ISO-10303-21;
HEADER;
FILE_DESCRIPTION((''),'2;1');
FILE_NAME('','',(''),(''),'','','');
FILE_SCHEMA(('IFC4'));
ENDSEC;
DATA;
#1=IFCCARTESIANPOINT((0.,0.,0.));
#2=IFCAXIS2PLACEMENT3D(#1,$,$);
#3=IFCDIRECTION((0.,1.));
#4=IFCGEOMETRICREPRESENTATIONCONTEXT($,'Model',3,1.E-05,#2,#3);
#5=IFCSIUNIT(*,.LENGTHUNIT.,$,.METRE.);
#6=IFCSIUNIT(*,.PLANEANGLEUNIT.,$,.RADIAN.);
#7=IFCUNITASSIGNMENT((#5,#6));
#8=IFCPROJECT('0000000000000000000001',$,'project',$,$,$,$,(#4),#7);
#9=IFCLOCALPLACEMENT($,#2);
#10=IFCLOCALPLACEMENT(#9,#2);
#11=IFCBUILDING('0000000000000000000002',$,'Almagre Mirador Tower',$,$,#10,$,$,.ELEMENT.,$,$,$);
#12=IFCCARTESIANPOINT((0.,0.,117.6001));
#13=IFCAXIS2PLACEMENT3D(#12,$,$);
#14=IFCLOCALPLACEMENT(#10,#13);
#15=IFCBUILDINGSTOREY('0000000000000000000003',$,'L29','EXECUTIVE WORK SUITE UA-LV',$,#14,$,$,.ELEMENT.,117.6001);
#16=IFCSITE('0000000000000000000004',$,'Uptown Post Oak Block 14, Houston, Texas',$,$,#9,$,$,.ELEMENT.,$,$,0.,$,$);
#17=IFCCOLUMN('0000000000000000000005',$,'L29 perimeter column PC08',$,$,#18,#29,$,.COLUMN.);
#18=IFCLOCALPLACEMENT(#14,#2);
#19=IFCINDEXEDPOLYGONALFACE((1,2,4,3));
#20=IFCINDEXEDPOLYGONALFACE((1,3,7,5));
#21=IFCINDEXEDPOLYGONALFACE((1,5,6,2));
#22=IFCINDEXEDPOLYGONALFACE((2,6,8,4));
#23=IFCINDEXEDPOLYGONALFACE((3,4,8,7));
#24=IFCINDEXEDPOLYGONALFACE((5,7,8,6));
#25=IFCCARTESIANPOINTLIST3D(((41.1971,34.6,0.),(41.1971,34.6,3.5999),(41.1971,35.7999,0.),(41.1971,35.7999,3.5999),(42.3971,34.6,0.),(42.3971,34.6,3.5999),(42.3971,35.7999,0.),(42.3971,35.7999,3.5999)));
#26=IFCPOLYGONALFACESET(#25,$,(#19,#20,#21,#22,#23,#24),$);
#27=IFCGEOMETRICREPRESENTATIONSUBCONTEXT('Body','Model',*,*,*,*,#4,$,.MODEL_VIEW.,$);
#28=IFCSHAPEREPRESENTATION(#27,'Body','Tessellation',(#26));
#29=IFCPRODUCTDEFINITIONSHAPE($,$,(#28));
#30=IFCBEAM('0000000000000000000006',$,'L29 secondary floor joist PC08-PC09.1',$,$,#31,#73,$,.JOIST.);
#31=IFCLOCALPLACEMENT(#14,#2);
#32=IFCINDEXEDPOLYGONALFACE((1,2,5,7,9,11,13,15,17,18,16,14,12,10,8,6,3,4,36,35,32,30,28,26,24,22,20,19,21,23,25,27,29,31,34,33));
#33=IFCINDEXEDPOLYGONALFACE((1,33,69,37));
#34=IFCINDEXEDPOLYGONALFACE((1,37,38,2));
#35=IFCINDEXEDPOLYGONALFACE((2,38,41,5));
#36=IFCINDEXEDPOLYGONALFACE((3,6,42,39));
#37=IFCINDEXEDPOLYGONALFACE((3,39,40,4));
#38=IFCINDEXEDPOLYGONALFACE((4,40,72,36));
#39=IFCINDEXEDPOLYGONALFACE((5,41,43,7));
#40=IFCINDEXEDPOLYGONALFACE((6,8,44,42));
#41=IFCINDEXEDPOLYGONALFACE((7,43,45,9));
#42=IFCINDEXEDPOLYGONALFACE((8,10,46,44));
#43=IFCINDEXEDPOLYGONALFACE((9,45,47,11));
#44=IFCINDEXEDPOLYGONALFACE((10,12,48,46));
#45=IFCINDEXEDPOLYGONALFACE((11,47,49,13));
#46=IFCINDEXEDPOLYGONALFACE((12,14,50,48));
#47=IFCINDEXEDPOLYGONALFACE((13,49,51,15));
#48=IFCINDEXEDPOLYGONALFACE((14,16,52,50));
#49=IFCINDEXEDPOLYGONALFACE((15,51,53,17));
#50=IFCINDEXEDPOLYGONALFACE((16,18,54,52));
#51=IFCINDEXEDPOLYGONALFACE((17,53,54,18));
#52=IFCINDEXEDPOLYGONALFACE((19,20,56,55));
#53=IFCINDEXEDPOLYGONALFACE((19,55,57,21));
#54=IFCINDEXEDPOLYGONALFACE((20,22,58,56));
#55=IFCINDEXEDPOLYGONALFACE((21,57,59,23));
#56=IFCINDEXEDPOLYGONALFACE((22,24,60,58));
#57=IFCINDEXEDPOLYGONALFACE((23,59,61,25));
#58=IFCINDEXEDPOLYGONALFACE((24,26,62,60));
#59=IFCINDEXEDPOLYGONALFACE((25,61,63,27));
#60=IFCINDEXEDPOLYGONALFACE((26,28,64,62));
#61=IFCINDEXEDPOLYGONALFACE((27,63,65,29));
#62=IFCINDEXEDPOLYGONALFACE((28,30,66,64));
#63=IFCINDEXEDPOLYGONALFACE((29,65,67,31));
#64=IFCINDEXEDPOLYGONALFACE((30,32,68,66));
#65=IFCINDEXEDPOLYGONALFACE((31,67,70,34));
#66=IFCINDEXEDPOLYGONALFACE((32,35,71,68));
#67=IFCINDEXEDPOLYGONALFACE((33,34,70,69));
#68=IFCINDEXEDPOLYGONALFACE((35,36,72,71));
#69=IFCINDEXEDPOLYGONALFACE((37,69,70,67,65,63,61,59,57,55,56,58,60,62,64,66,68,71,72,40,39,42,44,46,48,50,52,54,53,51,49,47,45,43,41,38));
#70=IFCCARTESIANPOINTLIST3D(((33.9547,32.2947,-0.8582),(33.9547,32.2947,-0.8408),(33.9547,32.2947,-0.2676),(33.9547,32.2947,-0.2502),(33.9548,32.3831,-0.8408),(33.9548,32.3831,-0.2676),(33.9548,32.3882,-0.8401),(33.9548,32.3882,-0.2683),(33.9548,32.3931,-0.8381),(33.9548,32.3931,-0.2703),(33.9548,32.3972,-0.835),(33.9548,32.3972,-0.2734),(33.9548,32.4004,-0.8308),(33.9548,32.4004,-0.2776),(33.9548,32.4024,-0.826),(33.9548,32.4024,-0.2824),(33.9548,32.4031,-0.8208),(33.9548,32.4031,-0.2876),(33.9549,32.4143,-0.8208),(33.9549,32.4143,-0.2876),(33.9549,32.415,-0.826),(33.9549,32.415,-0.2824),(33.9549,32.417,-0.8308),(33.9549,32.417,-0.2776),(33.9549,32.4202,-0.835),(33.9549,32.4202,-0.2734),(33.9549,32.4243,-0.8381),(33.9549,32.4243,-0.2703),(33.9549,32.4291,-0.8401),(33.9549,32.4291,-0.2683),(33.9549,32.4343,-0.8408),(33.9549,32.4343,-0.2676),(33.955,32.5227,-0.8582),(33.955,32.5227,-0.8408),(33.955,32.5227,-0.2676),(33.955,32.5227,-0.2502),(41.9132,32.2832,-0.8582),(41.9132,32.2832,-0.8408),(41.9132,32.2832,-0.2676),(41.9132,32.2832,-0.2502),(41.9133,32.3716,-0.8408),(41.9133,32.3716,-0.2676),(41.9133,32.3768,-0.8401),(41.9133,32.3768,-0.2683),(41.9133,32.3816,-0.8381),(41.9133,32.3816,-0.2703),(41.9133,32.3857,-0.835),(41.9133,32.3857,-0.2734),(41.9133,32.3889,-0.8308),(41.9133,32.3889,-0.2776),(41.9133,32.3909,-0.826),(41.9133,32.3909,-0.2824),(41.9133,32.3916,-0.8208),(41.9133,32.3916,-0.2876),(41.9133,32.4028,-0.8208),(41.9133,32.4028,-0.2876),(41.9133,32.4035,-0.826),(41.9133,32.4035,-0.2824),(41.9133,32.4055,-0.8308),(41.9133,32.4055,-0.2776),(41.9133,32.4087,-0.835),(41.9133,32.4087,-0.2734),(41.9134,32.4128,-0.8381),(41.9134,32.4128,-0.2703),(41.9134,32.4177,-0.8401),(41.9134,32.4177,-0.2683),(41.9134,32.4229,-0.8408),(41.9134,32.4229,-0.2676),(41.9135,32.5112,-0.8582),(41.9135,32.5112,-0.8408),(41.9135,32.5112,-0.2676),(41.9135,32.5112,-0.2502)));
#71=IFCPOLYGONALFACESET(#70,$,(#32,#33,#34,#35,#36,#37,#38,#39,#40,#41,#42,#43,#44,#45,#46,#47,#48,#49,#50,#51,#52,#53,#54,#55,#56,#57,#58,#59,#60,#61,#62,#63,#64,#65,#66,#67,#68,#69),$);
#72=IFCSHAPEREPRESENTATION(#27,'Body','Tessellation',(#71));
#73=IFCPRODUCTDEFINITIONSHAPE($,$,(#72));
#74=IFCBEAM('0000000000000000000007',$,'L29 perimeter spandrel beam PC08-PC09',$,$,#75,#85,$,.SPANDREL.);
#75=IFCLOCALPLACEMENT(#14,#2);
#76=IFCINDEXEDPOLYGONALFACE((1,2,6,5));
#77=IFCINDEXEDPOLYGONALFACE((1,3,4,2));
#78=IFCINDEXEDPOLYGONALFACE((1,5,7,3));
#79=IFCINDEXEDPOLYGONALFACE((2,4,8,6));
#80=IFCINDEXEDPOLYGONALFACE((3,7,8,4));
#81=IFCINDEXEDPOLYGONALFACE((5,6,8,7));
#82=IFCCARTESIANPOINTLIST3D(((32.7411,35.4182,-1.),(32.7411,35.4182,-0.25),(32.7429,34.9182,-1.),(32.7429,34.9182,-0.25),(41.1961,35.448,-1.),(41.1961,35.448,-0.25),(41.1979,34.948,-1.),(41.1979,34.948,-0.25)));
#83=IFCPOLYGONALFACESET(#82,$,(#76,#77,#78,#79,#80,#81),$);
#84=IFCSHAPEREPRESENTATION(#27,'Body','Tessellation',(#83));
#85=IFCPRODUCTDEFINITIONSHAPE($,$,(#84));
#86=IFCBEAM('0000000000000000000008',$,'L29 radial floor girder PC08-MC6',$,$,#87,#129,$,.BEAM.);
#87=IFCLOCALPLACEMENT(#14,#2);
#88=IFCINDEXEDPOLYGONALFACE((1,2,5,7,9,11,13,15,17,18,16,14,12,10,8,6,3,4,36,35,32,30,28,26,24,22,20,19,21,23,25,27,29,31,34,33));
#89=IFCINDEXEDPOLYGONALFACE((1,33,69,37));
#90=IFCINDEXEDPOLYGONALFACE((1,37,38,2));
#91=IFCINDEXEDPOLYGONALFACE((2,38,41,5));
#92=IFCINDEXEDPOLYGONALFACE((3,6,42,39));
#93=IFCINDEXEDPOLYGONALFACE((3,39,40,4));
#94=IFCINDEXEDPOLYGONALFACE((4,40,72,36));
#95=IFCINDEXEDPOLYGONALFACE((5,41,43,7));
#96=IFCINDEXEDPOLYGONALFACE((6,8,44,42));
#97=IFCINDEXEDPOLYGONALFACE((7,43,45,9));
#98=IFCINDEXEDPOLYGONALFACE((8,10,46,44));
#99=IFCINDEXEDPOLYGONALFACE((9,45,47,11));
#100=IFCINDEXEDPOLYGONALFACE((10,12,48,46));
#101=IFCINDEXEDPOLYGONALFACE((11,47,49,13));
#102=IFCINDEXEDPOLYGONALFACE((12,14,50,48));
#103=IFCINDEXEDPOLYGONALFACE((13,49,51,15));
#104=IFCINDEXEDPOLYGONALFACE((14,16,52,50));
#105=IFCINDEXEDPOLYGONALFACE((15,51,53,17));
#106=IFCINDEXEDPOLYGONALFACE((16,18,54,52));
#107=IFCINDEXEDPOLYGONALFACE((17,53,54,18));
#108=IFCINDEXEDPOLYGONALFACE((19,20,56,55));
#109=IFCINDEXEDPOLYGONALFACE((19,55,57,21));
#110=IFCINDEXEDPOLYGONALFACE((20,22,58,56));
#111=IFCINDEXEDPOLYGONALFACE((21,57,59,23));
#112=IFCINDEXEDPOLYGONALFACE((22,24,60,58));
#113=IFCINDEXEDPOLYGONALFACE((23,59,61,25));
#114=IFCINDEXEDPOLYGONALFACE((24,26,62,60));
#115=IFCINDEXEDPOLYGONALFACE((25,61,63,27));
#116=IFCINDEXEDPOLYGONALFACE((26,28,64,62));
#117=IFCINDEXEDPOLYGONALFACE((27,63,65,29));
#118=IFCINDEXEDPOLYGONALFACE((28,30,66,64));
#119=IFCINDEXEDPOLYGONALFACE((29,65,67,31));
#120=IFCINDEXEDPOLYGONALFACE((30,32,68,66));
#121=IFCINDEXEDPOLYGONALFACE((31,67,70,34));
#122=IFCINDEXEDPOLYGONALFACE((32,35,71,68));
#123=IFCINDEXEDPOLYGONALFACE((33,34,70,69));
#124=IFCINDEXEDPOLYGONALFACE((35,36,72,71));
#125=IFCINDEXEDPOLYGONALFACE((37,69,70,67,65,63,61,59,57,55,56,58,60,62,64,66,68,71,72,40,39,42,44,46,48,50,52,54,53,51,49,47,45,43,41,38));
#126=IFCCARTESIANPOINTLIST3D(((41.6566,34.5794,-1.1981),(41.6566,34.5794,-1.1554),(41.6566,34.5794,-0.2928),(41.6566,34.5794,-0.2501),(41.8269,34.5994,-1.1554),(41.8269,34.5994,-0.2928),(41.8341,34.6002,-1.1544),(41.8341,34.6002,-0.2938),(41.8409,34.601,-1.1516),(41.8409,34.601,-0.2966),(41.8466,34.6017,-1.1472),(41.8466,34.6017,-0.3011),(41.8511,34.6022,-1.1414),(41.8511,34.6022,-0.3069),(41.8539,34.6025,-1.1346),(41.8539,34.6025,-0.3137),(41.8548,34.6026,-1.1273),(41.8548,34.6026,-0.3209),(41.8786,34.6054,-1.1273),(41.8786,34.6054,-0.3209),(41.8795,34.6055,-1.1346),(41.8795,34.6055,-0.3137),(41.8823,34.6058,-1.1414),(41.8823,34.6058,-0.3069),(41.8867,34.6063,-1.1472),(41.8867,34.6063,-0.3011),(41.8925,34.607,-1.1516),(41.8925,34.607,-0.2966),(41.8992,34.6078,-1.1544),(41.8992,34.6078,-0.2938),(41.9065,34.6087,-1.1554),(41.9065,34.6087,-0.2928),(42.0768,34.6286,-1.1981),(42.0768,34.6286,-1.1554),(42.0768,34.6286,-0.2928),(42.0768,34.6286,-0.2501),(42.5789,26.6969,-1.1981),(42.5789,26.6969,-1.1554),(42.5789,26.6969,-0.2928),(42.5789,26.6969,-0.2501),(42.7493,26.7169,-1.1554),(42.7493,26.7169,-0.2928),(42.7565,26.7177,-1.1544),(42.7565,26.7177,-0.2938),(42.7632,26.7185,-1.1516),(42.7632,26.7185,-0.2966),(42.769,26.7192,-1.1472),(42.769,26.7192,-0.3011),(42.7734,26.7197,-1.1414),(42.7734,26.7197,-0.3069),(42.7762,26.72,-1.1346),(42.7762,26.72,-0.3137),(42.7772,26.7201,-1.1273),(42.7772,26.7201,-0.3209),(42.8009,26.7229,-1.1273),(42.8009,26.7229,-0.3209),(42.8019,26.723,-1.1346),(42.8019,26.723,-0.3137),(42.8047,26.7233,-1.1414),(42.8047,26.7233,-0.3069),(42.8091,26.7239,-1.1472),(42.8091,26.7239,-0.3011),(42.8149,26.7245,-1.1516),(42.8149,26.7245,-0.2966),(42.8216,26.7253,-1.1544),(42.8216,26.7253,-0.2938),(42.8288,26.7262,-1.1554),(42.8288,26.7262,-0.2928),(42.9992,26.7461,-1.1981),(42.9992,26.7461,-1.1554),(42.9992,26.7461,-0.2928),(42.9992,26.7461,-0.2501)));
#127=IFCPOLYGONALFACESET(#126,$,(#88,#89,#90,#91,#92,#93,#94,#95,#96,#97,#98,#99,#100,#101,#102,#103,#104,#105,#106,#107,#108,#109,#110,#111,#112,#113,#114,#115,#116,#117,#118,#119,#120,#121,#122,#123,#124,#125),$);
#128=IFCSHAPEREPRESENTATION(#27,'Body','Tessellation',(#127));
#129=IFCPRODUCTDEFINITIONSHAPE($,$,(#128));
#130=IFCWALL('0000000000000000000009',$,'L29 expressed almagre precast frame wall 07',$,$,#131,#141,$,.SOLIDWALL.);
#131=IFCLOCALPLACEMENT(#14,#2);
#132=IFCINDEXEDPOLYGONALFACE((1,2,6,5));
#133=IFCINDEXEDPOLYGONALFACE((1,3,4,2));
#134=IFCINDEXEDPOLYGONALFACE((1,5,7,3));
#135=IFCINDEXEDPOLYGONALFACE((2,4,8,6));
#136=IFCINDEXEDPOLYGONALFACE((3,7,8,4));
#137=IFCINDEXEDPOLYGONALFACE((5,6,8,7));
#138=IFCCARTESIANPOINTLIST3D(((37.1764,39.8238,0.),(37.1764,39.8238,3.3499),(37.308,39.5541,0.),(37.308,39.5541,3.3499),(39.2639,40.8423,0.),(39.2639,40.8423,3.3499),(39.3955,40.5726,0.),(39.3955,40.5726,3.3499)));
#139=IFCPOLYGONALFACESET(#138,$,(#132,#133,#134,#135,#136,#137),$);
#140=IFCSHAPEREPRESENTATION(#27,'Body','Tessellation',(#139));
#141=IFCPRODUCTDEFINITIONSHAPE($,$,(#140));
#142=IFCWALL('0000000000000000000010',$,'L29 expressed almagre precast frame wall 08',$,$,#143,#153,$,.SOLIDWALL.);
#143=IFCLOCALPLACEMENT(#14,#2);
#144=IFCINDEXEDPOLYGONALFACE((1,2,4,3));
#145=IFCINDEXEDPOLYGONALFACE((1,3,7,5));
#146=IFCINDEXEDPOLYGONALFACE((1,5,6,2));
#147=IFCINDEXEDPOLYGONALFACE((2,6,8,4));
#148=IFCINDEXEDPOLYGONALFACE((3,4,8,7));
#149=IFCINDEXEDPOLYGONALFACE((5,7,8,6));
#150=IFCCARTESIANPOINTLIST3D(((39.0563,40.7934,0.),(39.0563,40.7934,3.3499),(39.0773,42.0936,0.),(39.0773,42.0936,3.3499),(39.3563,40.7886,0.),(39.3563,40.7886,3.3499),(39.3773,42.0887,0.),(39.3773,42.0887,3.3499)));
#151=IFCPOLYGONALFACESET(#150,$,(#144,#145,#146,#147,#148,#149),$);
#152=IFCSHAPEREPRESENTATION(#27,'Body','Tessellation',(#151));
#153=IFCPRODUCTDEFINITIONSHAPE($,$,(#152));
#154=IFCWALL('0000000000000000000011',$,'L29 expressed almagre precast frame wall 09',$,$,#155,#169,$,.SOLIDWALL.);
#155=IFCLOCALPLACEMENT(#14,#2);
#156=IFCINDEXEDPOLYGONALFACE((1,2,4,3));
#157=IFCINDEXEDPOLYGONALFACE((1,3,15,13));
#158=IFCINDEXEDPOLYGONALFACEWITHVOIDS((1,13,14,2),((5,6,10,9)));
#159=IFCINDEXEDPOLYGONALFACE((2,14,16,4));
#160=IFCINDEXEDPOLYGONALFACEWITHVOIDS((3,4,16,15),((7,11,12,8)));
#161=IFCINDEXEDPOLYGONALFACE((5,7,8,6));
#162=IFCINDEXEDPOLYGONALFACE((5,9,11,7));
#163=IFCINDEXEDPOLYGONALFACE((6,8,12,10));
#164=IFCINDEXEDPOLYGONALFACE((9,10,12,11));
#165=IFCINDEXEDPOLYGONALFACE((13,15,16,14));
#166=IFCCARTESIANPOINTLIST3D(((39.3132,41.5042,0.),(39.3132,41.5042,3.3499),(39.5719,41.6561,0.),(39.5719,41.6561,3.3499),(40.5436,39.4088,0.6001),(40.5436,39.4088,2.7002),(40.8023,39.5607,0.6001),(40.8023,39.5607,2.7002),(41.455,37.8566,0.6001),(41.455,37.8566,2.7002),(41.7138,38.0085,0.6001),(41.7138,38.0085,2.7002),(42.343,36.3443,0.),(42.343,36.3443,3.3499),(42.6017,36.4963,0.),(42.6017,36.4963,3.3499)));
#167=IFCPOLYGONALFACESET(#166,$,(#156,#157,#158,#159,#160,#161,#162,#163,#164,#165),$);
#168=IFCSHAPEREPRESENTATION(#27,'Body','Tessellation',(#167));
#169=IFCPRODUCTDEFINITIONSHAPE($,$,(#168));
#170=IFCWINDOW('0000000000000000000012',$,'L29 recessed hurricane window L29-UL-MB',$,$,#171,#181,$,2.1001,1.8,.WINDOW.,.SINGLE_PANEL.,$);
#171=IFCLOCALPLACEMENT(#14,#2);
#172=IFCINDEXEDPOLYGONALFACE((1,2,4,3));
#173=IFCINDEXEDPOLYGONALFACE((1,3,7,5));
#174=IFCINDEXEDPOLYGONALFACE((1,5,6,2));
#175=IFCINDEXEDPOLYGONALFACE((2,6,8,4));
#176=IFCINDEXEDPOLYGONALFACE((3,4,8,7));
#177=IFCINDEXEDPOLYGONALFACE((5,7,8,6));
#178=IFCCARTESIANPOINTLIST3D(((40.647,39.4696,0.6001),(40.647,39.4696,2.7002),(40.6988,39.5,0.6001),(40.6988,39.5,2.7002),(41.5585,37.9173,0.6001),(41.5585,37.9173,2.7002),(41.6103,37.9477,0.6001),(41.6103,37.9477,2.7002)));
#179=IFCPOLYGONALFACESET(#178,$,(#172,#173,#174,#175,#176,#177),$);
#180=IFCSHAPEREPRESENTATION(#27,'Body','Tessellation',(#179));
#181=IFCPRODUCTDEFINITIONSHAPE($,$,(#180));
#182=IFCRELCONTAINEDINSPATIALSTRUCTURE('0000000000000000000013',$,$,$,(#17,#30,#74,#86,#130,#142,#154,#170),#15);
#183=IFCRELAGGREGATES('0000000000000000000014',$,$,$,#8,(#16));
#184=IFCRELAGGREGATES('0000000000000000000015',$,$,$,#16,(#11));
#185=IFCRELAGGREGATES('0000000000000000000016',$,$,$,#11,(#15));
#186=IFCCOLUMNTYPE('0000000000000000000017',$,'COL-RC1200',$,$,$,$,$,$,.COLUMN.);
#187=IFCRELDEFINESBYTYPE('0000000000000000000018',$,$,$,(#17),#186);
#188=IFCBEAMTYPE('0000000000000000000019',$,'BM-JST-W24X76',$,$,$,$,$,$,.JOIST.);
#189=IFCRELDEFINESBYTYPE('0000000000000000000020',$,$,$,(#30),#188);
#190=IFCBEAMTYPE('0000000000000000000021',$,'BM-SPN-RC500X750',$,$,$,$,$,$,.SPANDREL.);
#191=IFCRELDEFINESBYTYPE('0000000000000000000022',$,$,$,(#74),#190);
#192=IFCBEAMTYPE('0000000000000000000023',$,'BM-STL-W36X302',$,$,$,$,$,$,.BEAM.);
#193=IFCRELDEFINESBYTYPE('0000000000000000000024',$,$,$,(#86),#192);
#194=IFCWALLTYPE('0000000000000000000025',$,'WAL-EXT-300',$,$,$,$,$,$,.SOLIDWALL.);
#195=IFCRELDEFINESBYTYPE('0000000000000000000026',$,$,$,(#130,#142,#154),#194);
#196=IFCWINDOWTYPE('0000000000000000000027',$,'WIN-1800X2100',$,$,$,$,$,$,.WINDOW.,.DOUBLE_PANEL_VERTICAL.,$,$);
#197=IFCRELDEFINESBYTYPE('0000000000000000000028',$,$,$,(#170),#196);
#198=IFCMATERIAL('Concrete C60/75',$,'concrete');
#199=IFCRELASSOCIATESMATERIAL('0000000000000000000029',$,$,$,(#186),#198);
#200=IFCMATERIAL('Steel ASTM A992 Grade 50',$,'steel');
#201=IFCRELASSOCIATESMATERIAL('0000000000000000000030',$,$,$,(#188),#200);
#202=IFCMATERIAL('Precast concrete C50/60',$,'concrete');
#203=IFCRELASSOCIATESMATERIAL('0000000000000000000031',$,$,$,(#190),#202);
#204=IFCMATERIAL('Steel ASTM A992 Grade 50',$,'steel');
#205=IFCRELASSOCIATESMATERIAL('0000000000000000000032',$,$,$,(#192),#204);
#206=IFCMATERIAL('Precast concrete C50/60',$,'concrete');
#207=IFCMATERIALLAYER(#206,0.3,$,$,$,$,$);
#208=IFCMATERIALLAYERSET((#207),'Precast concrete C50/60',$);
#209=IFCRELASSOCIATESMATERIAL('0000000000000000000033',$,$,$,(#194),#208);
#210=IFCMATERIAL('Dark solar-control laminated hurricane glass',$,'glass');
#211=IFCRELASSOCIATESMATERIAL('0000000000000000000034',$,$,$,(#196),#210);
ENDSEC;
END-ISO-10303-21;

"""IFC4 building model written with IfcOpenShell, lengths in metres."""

from ifc_helpers import new_model, si_unit, direction, frame, frame_2d, origin, origin_2d, place, context, subcontext, project, spatial, rectangle, i_section, extrude, material, layer, layer_set, material_profile, profile_set, type_object, element, fill, save


model = new_model("IFC4")

# Units and contexts
model_context = context("Model", 3, precision=1e-05, world=origin(), true_north=direction((0.0, 1.0)))
body_context = subcontext(model_context, "Body", "Model", "MODEL_VIEW")
ifc_project = project(units=[si_unit("LENGTHUNIT", "METRE"), si_unit("PLANEANGLEUNIT", "RADIAN")], contexts=[model_context])

# Site, building, storey
site_placement = place(None, origin())
site = spatial("IfcSite", under=ifc_project, at=site_placement, Name="Uptown Post Oak Block 14, Houston, Texas", CompositionType="ELEMENT", RefElevation=0.0)
building_placement = place(site_placement, origin())
building = spatial("IfcBuilding", under=site, at=building_placement, Name="Almagre Mirador Tower", CompositionType="ELEMENT")
storey_placement = place(building_placement, frame((0.0, 0.0, 117.6001)))
storey = spatial("IfcBuildingStorey", under=building, at=storey_placement, Name="L29", Description="EXECUTIVE WORK SUITE UA-LV", CompositionType="ELEMENT", Elevation=117.6001)

# Column
ifc_material_1 = material(Name="Concrete C60/75", Category="concrete")
ifc_material_profile_1 = material_profile(ifc_material_1, rectangle(XDim=1.2, YDim=1.2, at=origin_2d()), Name="RC1200X1200")
ifc_profile_set_1 = profile_set([ifc_material_profile_1], Name="Concrete C60/75")
column_type = type_object("IfcColumnType", Name="COL-RC1200", PredefinedType="COLUMN", material=ifc_profile_set_1)
column_placement = place(storey_placement, frame((41.7971, 35.2, 0.0), z_axis=(0.0, 0.0, 1.0), x_axis=(1.0, 0.0, 0.0)))
element("IfcColumn", 1, at=column_placement, inside=storey, type_object=column_type, Name="L29 perimeter column PC08", PredefinedType="COLUMN", context=body_context, shape_type="SweptSolid", body=[
    extrude(rectangle(XDim=1.2, YDim=1.2, at=origin_2d()), origin(), (0.0, 0.0, 1.0), 3.5999),
])

# Beams
ifc_material_2 = material(Name="Steel ASTM A992 Grade 50", Category="steel")
ifc_material_profile_2 = material_profile(ifc_material_2, i_section(OverallWidth=0.228, OverallDepth=0.6079, WebThickness=0.0112, FlangeThickness=0.0173, FilletRadius=0.02, at=origin_2d()), Name="W24X76")
ifc_profile_set_2 = profile_set([ifc_material_profile_2], Name="Steel ASTM A992 Grade 50")
beam_type_1 = type_object("IfcBeamType", Name="BM-JST-W24X76", PredefinedType="JOIST", material=ifc_profile_set_2)
beam_1_placement = place(storey_placement, frame((41.9133, 32.3972, -0.5542), z_axis=(-0.999999, 0.001442, 0.0), x_axis=(-0.001442, -0.999999, 0.0)))
element("IfcBeam", 2, at=beam_1_placement, inside=storey, type_object=beam_type_1, Name="L29 secondary floor joist PC08-PC09.1", PredefinedType="JOIST", context=body_context, shape_type="SweptSolid", body=[
    extrude(i_section(OverallWidth=0.228, OverallDepth=0.6079, WebThickness=0.0112, FlangeThickness=0.0173, FilletRadius=0.02, at=origin_2d()), origin(), (0.0, 0.0, 1.0), 7.9585),
])
ifc_material_3 = material(Name="Precast concrete C50/60", Category="concrete")
ifc_material_profile_3 = material_profile(ifc_material_3, rectangle(XDim=0.5, YDim=0.75, at=origin_2d()), Name="RC500X750")
ifc_profile_set_3 = profile_set([ifc_material_profile_3], Name="Precast concrete C50/60")
beam_type_2 = type_object("IfcBeamType", Name="BM-SPN-RC500X750", PredefinedType="SPANDREL", material=ifc_profile_set_3)
beam_2_placement = place(storey_placement, frame((41.197, 35.198, -0.625), z_axis=(-0.999994, -0.003523, 0.0), x_axis=(0.003523, -0.999994, 0.0)))
element("IfcBeam", 3, at=beam_2_placement, inside=storey, type_object=beam_type_2, Name="L29 perimeter spandrel beam PC08-PC09", PredefinedType="SPANDREL", context=body_context, shape_type="SweptSolid", body=[
    extrude(rectangle(XDim=0.5, YDim=0.75, at=origin_2d()), origin(), (0.0, 0.0, 1.0), 8.4551),
])
ifc_material_4 = material(Name="Steel ASTM A992 Grade 50", Category="steel")
ifc_material_profile_4 = material_profile(ifc_material_4, i_section(OverallWidth=0.4231, OverallDepth=0.948, WebThickness=0.0239, FlangeThickness=0.0427, FilletRadius=0.0281, at=origin_2d()), Name="W36X302")
ifc_profile_set_4 = profile_set([ifc_material_profile_4], Name="Steel ASTM A992 Grade 50")
beam_type_3 = type_object("IfcBeamType", Name="BM-STL-W36X302", PredefinedType="BEAM", material=ifc_profile_set_4)
beam_3_placement = place(storey_placement, frame((41.8667, 34.604, -0.7241), z_axis=(0.11622, -0.993223, 0.0), x_axis=(0.993223, 0.11622, 0.0)))
element("IfcBeam", 4, at=beam_3_placement, inside=storey, type_object=beam_type_3, Name="L29 radial floor girder PC08-MC6", PredefinedType="BEAM", context=body_context, shape_type="SweptSolid", body=[
    extrude(i_section(OverallWidth=0.4231, OverallDepth=0.948, WebThickness=0.0239, FlangeThickness=0.0427, FilletRadius=0.0281, at=origin_2d()), origin(), (0.0, 0.0, 1.0), 7.9363),
])

# Walls
ifc_material_5 = material(Name="Precast concrete C50/60", Category="concrete")
ifc_layer_1 = layer(ifc_material_5, 0.3)
ifc_layer_set_1 = layer_set([ifc_layer_1], Name="Precast concrete C50/60")
wall_type_1 = type_object("IfcWallType", Name="WAL-EXT-300", PredefinedType="SOLIDWALL", material=ifc_layer_set_1)
wall_1_placement = place(storey_placement, frame((37.2422, 39.689, 0.0), z_axis=(0.0, 0.0, 1.0), x_axis=(0.898736, 0.43849, 0.0)))
element("IfcWall", 5, at=wall_1_placement, inside=storey, type_object=wall_type_1, Name="L29 expressed almagre precast frame wall 07", PredefinedType="SOLIDWALL", context=body_context, shape_type="SweptSolid", body=[
    extrude(rectangle(XDim=2.3228, YDim=0.3, at=frame_2d((1.1614, 0.0))), origin(), (0.0, 0.0, 1.0), 3.3499),
])
wall_2_placement = place(storey_placement, frame((39.2063, 40.791, 0.0), z_axis=(0.0, 0.0, 1.0), x_axis=(0.016148, 0.99987, 0.0)))
element("IfcWall", 6, at=wall_2_placement, inside=storey, type_object=wall_type_1, Name="L29 expressed almagre precast frame wall 08", PredefinedType="SOLIDWALL", context=body_context, shape_type="SweptSolid", body=[
    extrude(rectangle(XDim=1.3003, YDim=0.3, at=frame_2d((0.6501, 0.0))), origin(), (0.0, 0.0, 1.0), 3.3499),
])

# Wall, opening, window
wall_3_placement = place(storey_placement, frame((39.4426, 41.5801, 0.0), z_axis=(0.0, 0.0, 1.0), x_axis=(0.506342, -0.862333, 0.0)))
wall_3 = element("IfcWall", 7, at=wall_3_placement, inside=storey, type_object=wall_type_1, Name="L29 expressed almagre precast frame wall 09", PredefinedType="SOLIDWALL", context=body_context, shape_type="SweptSolid", body=[
    extrude(rectangle(XDim=5.9836, YDim=0.3, at=frame_2d((2.9917, 0.0))), origin(), (0.0, 0.0, 1.0), 3.3499),
])
opening_1_placement = place(wall_3_placement, frame((2.4299, 0.0, 0.6001)))
opening_1 = element("IfcOpeningElement", 8, at=opening_1_placement, cuts=wall_3, PredefinedType="OPENING", context=body_context, shape_type="SweptSolid", body=[
    extrude(rectangle(XDim=1.8, YDim=2.1001, at=frame_2d((0.8999, 1.05))), frame((0.0, 0.1599, 0.0), z_axis=(0.0, -1.0, 0.0), x_axis=(1.0, 0.0, 0.0)), (0.0, 0.0, 1.0), 0.32),
])
ifc_material_6 = material(Name="Dark solar-control laminated hurricane glass", Category="glass")
window_type_1 = type_object("IfcWindowType", Name="WIN-1800X2100", PartitioningType="DOUBLE_PANEL_VERTICAL", PredefinedType="WINDOW", material=ifc_material_6)
window_1_placement = place(opening_1_placement, origin())
window_1 = element("IfcWindow", 9, at=window_1_placement, inside=storey, type_object=window_type_1, Name="L29 recessed hurricane window L29-UL-MB", OverallHeight=2.1001, OverallWidth=1.8, PartitioningType="SINGLE_PANEL", PredefinedType="WINDOW", context=body_context, shape_type="SweptSolid", body=[
    extrude(rectangle(XDim=1.8, YDim=2.1001, at=frame_2d((0.8999, 1.05))), frame((0.0, 0.03, 0.0), z_axis=(0.0, -1.0, 0.0), x_axis=(1.0, 0.0, 0.0)), (0.0, 0.0, 1.0), 0.0601),
])
fill(opening_1, window_1)

save(model, "model.ifc")
